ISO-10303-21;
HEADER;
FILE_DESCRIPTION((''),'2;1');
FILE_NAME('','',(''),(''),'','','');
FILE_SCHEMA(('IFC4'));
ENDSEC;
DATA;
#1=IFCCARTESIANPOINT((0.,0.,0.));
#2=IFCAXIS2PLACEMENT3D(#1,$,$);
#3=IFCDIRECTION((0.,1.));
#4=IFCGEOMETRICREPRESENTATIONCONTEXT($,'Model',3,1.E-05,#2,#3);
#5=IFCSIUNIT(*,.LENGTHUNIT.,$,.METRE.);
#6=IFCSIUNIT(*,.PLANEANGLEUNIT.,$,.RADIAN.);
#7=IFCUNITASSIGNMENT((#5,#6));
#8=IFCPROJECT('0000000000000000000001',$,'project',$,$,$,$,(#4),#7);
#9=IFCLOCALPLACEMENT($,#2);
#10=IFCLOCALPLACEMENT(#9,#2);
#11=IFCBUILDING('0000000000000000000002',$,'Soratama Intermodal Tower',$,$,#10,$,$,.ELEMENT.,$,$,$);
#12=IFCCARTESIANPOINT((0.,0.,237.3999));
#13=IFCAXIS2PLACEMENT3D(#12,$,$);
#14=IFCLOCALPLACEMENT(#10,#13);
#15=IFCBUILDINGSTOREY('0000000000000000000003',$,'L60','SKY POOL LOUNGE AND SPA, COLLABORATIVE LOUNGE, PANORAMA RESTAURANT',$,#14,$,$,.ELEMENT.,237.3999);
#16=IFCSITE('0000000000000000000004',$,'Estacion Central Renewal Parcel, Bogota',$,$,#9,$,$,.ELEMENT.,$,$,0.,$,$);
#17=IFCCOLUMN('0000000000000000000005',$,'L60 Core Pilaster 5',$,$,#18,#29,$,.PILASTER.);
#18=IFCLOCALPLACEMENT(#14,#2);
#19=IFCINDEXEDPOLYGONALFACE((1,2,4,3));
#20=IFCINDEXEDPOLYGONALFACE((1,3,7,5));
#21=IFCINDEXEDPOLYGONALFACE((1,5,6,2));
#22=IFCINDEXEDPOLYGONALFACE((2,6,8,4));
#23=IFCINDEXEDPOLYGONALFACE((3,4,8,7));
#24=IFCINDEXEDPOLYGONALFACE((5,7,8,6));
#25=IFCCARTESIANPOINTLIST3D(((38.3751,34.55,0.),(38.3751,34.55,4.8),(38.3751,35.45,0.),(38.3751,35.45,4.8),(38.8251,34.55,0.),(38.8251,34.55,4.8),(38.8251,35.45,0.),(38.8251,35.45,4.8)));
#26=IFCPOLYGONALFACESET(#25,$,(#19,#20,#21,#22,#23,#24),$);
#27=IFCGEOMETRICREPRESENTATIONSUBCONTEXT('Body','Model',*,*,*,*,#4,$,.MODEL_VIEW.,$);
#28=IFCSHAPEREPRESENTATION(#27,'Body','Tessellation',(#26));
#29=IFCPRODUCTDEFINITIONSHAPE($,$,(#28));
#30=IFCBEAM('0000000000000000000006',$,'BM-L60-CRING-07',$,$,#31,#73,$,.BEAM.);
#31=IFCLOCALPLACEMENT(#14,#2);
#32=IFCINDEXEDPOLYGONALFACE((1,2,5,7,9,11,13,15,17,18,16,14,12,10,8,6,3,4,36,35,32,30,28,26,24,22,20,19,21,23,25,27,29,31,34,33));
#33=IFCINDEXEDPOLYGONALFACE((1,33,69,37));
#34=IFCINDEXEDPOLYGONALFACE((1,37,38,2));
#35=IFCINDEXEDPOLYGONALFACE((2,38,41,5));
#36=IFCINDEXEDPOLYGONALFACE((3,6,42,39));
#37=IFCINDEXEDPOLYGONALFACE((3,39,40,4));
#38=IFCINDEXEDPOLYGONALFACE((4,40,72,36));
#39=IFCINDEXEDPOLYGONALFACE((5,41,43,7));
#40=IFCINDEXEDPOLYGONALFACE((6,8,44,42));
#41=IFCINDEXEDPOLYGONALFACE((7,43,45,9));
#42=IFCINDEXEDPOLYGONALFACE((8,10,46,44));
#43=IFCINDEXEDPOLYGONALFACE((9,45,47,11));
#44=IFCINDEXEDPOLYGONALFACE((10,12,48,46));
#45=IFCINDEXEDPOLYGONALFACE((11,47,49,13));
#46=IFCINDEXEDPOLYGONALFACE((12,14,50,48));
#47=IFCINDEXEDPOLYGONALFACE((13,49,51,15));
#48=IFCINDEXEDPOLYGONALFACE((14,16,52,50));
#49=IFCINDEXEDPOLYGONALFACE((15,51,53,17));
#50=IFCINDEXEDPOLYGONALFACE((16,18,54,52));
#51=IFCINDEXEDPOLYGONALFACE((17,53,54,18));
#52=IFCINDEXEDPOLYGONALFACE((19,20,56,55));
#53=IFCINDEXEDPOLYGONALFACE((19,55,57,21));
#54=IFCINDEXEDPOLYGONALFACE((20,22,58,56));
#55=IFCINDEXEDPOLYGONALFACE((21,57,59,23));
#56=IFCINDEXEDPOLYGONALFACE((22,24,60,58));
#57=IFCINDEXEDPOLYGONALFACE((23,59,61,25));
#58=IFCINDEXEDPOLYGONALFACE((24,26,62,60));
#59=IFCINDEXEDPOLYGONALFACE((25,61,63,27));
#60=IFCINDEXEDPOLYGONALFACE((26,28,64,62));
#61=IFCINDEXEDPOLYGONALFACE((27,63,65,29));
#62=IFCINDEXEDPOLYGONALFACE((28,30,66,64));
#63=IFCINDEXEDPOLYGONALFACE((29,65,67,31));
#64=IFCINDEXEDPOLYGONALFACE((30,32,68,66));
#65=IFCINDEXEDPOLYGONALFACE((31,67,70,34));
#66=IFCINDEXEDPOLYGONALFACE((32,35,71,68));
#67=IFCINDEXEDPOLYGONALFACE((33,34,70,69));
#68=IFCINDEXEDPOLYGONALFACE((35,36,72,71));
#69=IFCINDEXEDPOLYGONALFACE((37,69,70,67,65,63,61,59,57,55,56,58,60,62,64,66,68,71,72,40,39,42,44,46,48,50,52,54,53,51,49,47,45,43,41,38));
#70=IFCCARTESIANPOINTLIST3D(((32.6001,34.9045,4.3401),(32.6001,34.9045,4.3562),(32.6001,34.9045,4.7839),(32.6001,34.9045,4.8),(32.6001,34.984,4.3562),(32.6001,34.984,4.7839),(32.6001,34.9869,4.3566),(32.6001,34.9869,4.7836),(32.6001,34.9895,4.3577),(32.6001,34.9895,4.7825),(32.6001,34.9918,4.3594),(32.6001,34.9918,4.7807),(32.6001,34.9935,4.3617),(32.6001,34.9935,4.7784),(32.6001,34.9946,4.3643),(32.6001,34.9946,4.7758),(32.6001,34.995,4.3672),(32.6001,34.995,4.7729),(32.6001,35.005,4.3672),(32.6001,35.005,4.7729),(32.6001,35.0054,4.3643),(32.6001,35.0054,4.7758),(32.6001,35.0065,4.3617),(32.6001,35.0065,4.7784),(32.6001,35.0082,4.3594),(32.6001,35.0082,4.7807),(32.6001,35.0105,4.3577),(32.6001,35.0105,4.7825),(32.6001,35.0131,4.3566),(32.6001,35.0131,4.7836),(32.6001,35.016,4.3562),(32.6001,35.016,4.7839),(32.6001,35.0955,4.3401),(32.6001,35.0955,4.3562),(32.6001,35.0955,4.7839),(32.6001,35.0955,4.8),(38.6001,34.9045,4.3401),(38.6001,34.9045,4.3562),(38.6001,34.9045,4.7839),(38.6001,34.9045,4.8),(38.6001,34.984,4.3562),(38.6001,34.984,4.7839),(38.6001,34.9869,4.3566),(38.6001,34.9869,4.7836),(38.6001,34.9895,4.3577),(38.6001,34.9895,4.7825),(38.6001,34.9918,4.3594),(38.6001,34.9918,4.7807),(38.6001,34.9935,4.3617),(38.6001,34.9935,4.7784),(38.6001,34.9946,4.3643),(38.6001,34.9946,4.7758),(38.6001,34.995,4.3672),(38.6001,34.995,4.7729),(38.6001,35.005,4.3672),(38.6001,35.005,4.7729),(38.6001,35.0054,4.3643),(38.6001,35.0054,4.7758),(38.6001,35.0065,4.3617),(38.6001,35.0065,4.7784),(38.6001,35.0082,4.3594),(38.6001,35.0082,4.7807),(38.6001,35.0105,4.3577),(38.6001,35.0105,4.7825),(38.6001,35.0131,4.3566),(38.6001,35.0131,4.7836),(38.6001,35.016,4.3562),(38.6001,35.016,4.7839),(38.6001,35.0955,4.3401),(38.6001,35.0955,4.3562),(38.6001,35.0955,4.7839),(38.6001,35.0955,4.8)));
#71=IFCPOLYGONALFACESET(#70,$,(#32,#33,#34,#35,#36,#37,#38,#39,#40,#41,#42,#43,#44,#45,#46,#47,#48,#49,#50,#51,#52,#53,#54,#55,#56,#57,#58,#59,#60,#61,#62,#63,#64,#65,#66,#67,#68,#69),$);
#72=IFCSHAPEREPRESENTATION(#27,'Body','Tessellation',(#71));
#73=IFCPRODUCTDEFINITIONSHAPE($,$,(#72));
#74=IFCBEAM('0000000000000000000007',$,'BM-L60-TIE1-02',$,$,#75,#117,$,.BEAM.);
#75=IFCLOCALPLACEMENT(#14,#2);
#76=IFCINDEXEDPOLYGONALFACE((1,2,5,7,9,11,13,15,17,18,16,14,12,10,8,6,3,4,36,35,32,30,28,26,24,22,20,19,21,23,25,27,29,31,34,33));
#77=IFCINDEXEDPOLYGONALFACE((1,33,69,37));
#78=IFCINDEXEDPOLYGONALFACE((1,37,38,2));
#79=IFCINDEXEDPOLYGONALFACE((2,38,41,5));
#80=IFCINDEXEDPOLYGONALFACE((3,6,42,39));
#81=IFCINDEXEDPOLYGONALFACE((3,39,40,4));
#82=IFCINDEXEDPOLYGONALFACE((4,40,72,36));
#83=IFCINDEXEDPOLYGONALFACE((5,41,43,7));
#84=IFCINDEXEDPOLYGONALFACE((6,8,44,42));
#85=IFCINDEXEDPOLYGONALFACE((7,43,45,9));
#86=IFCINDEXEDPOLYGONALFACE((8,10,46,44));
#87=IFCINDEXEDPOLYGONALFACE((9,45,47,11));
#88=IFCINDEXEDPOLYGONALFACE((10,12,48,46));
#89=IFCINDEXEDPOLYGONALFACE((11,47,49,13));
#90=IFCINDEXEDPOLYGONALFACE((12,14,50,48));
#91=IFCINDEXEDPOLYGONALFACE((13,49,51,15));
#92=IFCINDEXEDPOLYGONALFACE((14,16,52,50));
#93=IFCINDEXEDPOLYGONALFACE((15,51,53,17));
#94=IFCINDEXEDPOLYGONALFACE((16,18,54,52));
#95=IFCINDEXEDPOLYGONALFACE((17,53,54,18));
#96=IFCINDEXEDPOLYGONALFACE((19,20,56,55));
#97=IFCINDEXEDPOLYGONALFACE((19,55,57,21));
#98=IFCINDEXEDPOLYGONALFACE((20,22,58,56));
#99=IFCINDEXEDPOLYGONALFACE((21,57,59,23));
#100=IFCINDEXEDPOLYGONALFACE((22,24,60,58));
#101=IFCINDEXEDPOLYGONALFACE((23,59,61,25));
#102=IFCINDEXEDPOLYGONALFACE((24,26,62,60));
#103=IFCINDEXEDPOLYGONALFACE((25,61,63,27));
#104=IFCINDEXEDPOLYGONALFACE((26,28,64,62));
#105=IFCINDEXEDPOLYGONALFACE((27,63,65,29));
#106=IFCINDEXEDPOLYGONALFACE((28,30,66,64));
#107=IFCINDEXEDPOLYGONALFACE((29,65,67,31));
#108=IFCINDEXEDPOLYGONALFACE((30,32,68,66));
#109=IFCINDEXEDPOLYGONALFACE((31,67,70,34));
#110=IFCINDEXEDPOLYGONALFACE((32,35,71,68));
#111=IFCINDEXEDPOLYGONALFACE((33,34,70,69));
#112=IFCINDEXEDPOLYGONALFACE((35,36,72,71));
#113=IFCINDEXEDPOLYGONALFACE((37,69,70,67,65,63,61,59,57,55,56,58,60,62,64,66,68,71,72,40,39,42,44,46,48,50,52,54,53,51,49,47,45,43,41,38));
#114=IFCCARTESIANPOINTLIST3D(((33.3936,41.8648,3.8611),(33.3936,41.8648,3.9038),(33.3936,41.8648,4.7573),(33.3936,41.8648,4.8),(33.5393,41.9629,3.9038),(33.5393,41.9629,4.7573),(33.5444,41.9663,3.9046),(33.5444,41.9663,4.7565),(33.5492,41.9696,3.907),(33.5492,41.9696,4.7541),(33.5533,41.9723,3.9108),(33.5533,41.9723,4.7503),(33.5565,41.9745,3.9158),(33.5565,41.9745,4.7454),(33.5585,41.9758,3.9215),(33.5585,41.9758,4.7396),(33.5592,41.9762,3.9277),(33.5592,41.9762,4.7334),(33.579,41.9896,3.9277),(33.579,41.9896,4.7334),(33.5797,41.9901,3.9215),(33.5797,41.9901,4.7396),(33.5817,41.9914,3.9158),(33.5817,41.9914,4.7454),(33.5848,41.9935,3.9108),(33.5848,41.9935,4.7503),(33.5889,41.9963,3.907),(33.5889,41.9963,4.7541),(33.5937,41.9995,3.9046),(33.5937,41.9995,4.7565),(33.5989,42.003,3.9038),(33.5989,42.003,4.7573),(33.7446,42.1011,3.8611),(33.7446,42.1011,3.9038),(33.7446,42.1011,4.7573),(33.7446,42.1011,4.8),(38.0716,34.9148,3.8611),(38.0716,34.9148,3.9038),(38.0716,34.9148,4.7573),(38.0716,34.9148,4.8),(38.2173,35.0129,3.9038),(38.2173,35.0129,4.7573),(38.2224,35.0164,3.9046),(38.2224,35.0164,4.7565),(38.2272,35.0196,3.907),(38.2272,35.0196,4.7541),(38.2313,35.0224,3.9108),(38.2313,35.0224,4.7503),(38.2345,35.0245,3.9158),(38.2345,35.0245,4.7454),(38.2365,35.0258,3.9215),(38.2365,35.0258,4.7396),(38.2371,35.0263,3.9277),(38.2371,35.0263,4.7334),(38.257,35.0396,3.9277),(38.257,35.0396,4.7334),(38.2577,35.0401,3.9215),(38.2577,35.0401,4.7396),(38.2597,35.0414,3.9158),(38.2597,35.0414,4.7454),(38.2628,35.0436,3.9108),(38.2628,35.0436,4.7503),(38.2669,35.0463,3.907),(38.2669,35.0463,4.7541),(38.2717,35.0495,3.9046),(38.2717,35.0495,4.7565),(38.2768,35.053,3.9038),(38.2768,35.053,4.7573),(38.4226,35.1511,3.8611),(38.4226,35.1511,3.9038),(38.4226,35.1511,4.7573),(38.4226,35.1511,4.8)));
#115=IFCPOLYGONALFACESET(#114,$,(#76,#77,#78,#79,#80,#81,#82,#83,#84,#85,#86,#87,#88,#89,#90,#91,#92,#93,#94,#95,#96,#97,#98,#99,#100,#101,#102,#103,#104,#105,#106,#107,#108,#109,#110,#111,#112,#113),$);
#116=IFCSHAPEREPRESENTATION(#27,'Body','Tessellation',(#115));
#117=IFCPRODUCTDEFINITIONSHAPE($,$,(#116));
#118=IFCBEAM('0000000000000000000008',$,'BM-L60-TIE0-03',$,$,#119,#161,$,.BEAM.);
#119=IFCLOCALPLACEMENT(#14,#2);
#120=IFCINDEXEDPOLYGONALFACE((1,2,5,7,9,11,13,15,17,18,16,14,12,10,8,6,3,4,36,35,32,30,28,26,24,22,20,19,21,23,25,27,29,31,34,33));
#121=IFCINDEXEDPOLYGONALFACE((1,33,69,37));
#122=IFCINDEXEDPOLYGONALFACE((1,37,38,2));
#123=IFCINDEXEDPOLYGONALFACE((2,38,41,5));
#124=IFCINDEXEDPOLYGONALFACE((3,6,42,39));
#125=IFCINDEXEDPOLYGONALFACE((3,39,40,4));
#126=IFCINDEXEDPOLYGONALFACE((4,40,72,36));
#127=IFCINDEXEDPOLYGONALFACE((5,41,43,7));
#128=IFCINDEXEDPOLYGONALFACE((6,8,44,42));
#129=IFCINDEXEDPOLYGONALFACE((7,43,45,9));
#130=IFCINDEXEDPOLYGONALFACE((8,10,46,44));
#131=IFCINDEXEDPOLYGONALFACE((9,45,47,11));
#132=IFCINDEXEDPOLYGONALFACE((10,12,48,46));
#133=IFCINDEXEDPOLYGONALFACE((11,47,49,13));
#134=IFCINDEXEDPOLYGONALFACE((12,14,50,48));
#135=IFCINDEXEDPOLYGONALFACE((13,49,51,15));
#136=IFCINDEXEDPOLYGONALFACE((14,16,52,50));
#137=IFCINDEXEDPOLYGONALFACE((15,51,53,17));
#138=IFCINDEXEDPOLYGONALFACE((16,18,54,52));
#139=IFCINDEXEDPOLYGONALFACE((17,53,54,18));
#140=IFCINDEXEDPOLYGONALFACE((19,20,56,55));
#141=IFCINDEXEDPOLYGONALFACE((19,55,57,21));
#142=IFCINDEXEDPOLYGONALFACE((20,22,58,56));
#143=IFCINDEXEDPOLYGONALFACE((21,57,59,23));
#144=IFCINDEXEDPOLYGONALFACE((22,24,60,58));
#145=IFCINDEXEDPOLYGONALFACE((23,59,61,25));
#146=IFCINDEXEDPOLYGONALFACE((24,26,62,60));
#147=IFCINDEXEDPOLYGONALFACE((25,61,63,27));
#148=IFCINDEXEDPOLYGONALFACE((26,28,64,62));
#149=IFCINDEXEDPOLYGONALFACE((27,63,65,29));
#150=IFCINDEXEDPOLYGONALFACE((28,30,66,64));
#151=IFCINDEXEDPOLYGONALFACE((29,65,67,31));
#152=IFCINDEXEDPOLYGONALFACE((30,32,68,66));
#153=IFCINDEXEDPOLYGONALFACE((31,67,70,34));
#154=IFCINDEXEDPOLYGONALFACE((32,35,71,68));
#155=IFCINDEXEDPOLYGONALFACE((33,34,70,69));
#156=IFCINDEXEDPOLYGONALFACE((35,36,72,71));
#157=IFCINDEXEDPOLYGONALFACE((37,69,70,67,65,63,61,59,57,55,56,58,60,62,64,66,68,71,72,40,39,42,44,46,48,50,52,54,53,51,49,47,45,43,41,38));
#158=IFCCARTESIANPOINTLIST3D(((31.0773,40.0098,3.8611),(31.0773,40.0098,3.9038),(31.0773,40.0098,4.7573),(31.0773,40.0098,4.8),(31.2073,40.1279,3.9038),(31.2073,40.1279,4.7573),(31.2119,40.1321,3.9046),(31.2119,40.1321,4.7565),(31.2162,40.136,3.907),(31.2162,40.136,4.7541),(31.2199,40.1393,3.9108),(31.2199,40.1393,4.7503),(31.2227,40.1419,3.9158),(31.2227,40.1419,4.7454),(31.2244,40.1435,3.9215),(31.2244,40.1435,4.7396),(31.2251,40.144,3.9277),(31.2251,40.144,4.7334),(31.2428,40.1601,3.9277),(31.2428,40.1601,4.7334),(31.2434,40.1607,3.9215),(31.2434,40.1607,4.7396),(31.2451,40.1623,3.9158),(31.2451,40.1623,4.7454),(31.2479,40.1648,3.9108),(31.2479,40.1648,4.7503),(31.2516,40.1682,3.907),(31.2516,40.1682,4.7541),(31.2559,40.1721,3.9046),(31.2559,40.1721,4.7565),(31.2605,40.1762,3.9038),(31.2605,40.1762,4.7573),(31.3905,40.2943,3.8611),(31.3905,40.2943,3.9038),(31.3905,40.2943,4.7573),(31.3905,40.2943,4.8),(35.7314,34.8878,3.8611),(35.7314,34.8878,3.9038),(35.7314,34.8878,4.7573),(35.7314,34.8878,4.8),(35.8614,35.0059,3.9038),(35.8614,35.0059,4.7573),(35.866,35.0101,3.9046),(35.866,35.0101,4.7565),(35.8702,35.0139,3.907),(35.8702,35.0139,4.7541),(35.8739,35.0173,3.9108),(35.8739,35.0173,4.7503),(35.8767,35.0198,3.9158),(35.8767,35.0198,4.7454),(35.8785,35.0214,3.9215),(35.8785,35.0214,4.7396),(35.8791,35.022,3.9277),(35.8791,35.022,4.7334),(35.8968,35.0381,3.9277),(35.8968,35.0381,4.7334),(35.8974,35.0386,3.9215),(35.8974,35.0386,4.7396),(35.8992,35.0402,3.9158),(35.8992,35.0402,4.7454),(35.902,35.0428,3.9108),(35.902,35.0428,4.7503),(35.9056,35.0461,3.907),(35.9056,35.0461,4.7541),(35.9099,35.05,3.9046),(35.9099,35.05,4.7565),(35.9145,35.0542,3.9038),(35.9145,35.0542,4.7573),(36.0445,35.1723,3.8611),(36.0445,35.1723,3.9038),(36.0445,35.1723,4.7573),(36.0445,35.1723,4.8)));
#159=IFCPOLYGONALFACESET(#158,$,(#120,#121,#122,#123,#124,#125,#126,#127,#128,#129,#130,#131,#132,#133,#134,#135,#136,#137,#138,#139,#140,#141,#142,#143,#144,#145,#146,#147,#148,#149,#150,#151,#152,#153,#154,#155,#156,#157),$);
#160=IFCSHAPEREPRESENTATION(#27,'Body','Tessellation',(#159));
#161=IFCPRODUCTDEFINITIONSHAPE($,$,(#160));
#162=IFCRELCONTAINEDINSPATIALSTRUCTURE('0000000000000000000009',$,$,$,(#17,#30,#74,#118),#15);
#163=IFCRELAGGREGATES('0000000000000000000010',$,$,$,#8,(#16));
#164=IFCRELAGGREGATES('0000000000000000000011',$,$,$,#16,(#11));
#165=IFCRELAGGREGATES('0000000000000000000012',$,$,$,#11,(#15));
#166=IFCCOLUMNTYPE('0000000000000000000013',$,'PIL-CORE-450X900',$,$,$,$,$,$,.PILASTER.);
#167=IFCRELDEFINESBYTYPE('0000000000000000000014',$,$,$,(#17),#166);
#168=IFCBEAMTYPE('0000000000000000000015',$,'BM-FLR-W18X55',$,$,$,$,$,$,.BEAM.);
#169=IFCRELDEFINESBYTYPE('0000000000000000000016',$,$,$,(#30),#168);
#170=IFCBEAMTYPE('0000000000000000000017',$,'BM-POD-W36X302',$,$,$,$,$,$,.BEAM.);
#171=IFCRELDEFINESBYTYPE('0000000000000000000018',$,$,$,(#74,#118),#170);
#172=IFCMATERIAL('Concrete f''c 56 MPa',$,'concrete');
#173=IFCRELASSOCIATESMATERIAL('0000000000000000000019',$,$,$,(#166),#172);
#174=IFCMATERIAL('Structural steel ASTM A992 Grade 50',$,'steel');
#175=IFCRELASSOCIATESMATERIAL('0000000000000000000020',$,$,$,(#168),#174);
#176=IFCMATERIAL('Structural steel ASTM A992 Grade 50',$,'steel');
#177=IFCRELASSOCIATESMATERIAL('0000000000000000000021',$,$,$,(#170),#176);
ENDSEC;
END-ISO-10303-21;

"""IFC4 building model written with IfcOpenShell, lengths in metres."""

from ifc_helpers import new_model, si_unit, direction, frame, origin, origin_2d, place, context, subcontext, project, spatial, rectangle, i_section, extrude, material, material_profile, profile_set, type_object, element, save


model = new_model("IFC4")

# Units and contexts
model_context = context("Model", 3, precision=1e-05, world=origin(), true_north=direction((0.0, 1.0)))
body_context = subcontext(model_context, "Body", "Model", "MODEL_VIEW")
ifc_project = project(units=[si_unit("LENGTHUNIT", "METRE"), si_unit("PLANEANGLEUNIT", "RADIAN")], contexts=[model_context])

# Site, building, storey
site_placement = place(None, origin())
site = spatial("IfcSite", under=ifc_project, at=site_placement, Name="Estacion Central Renewal Parcel, Bogota", CompositionType="ELEMENT", RefElevation=0.0)
building_placement = place(site_placement, origin())
building = spatial("IfcBuilding", under=site, at=building_placement, Name="Soratama Intermodal Tower", CompositionType="ELEMENT")
storey_placement = place(building_placement, frame((0.0, 0.0, 237.3999)))
storey = spatial("IfcBuildingStorey", under=building, at=storey_placement, Name="L60", Description="SKY POOL LOUNGE AND SPA, COLLABORATIVE LOUNGE, PANORAMA RESTAURANT", CompositionType="ELEMENT", Elevation=237.3999)

# Column
ifc_material_1 = material(Name="Concrete f'c 56 MPa", Category="concrete")
ifc_material_profile_1 = material_profile(ifc_material_1, rectangle(XDim=0.45, YDim=0.8999, at=origin_2d()), Name="RC450X900")
ifc_profile_set_1 = profile_set([ifc_material_profile_1], Name="Concrete f'c 56 MPa")
column_type = type_object("IfcColumnType", Name="PIL-CORE-450X900", PredefinedType="PILASTER", material=ifc_profile_set_1)
column_placement = place(storey_placement, frame((38.6001, 35.0, 0.0), z_axis=(0.0, 0.0, 1.0), x_axis=(1.0, 0.0, 0.0)))
element("IfcColumn", 1, at=column_placement, inside=storey, type_object=column_type, Name="L60 Core Pilaster 5", PredefinedType="PILASTER", context=body_context, shape_type="SweptSolid", body=[
    extrude(rectangle(XDim=0.45, YDim=0.8999, at=origin_2d()), origin(), (0.0, 0.0, 1.0), 4.8),
])

# Beams
ifc_material_2 = material(Name="Structural steel ASTM A992 Grade 50", Category="steel")
ifc_material_profile_2 = material_profile(ifc_material_2, i_section(OverallWidth=0.1909, OverallDepth=0.46, WebThickness=0.01, FlangeThickness=0.0161, FilletRadius=0.011, at=origin_2d()), Name="W18X55")
ifc_profile_set_2 = profile_set([ifc_material_profile_2], Name="Structural steel ASTM A992 Grade 50")
beam_type_1 = type_object("IfcBeamType", Name="BM-FLR-W18X55", PredefinedType="BEAM", material=ifc_profile_set_2)
beam_1_placement = place(storey_placement, frame((38.6001, 35.0, 4.5701), z_axis=(-1.0, 0.0, 0.0), x_axis=(0.0, -1.0, 0.0)))
element("IfcBeam", 2, at=beam_1_placement, inside=storey, type_object=beam_type_1, Name="BM-L60-CRING-07", PredefinedType="BEAM", context=body_context, shape_type="SweptSolid", body=[
    extrude(i_section(OverallWidth=0.1909, OverallDepth=0.46, WebThickness=0.01, FlangeThickness=0.0161, FilletRadius=0.011, at=origin_2d()), origin(), (0.0, 0.0, 1.0), 6.0),
])
ifc_material_3 = material(Name="Structural steel ASTM A992 Grade 50", Category="steel")
ifc_material_profile_3 = material_profile(ifc_material_3, i_section(OverallWidth=0.4231, OverallDepth=0.939, WebThickness=0.0239, FlangeThickness=0.0427, FilletRadius=0.0239, at=origin_2d()), Name="W36X302")
ifc_profile_set_3 = profile_set([ifc_material_profile_3], Name="Structural steel ASTM A992 Grade 50")
beam_type_2 = type_object("IfcBeamType", Name="BM-POD-W36X302", PredefinedType="BEAM", material=ifc_profile_set_3)
beam_2_placement = place(storey_placement, frame((38.2471, 35.033, 4.3306), z_axis=(-0.558387, 0.829581, 0.0), x_axis=(-0.829581, -0.558387, 0.0)))
element("IfcBeam", 3, at=beam_2_placement, inside=storey, type_object=beam_type_2, Name="BM-L60-TIE1-02", PredefinedType="BEAM", context=body_context, shape_type="SweptSolid", body=[
    extrude(i_section(OverallWidth=0.4231, OverallDepth=0.939, WebThickness=0.0239, FlangeThickness=0.0427, FilletRadius=0.0239, at=origin_2d()), origin(), (0.0, 0.0, 1.0), 8.3777),
])
beam_3_placement = place(storey_placement, frame((35.8879, 35.03, 4.3306), z_axis=(-0.672485, 0.740111, 0.0), x_axis=(-0.740111, -0.672485, 0.0)))
element("IfcBeam", 4, at=beam_3_placement, inside=storey, type_object=beam_type_2, Name="BM-L60-TIE0-03", PredefinedType="BEAM", context=body_context, shape_type="SweptSolid", body=[
    extrude(i_section(OverallWidth=0.4231, OverallDepth=0.939, WebThickness=0.0239, FlangeThickness=0.0427, FilletRadius=0.0239, at=origin_2d()), origin(), (0.0, 0.0, 1.0), 6.9207),
])

save(model, "model.ifc")
